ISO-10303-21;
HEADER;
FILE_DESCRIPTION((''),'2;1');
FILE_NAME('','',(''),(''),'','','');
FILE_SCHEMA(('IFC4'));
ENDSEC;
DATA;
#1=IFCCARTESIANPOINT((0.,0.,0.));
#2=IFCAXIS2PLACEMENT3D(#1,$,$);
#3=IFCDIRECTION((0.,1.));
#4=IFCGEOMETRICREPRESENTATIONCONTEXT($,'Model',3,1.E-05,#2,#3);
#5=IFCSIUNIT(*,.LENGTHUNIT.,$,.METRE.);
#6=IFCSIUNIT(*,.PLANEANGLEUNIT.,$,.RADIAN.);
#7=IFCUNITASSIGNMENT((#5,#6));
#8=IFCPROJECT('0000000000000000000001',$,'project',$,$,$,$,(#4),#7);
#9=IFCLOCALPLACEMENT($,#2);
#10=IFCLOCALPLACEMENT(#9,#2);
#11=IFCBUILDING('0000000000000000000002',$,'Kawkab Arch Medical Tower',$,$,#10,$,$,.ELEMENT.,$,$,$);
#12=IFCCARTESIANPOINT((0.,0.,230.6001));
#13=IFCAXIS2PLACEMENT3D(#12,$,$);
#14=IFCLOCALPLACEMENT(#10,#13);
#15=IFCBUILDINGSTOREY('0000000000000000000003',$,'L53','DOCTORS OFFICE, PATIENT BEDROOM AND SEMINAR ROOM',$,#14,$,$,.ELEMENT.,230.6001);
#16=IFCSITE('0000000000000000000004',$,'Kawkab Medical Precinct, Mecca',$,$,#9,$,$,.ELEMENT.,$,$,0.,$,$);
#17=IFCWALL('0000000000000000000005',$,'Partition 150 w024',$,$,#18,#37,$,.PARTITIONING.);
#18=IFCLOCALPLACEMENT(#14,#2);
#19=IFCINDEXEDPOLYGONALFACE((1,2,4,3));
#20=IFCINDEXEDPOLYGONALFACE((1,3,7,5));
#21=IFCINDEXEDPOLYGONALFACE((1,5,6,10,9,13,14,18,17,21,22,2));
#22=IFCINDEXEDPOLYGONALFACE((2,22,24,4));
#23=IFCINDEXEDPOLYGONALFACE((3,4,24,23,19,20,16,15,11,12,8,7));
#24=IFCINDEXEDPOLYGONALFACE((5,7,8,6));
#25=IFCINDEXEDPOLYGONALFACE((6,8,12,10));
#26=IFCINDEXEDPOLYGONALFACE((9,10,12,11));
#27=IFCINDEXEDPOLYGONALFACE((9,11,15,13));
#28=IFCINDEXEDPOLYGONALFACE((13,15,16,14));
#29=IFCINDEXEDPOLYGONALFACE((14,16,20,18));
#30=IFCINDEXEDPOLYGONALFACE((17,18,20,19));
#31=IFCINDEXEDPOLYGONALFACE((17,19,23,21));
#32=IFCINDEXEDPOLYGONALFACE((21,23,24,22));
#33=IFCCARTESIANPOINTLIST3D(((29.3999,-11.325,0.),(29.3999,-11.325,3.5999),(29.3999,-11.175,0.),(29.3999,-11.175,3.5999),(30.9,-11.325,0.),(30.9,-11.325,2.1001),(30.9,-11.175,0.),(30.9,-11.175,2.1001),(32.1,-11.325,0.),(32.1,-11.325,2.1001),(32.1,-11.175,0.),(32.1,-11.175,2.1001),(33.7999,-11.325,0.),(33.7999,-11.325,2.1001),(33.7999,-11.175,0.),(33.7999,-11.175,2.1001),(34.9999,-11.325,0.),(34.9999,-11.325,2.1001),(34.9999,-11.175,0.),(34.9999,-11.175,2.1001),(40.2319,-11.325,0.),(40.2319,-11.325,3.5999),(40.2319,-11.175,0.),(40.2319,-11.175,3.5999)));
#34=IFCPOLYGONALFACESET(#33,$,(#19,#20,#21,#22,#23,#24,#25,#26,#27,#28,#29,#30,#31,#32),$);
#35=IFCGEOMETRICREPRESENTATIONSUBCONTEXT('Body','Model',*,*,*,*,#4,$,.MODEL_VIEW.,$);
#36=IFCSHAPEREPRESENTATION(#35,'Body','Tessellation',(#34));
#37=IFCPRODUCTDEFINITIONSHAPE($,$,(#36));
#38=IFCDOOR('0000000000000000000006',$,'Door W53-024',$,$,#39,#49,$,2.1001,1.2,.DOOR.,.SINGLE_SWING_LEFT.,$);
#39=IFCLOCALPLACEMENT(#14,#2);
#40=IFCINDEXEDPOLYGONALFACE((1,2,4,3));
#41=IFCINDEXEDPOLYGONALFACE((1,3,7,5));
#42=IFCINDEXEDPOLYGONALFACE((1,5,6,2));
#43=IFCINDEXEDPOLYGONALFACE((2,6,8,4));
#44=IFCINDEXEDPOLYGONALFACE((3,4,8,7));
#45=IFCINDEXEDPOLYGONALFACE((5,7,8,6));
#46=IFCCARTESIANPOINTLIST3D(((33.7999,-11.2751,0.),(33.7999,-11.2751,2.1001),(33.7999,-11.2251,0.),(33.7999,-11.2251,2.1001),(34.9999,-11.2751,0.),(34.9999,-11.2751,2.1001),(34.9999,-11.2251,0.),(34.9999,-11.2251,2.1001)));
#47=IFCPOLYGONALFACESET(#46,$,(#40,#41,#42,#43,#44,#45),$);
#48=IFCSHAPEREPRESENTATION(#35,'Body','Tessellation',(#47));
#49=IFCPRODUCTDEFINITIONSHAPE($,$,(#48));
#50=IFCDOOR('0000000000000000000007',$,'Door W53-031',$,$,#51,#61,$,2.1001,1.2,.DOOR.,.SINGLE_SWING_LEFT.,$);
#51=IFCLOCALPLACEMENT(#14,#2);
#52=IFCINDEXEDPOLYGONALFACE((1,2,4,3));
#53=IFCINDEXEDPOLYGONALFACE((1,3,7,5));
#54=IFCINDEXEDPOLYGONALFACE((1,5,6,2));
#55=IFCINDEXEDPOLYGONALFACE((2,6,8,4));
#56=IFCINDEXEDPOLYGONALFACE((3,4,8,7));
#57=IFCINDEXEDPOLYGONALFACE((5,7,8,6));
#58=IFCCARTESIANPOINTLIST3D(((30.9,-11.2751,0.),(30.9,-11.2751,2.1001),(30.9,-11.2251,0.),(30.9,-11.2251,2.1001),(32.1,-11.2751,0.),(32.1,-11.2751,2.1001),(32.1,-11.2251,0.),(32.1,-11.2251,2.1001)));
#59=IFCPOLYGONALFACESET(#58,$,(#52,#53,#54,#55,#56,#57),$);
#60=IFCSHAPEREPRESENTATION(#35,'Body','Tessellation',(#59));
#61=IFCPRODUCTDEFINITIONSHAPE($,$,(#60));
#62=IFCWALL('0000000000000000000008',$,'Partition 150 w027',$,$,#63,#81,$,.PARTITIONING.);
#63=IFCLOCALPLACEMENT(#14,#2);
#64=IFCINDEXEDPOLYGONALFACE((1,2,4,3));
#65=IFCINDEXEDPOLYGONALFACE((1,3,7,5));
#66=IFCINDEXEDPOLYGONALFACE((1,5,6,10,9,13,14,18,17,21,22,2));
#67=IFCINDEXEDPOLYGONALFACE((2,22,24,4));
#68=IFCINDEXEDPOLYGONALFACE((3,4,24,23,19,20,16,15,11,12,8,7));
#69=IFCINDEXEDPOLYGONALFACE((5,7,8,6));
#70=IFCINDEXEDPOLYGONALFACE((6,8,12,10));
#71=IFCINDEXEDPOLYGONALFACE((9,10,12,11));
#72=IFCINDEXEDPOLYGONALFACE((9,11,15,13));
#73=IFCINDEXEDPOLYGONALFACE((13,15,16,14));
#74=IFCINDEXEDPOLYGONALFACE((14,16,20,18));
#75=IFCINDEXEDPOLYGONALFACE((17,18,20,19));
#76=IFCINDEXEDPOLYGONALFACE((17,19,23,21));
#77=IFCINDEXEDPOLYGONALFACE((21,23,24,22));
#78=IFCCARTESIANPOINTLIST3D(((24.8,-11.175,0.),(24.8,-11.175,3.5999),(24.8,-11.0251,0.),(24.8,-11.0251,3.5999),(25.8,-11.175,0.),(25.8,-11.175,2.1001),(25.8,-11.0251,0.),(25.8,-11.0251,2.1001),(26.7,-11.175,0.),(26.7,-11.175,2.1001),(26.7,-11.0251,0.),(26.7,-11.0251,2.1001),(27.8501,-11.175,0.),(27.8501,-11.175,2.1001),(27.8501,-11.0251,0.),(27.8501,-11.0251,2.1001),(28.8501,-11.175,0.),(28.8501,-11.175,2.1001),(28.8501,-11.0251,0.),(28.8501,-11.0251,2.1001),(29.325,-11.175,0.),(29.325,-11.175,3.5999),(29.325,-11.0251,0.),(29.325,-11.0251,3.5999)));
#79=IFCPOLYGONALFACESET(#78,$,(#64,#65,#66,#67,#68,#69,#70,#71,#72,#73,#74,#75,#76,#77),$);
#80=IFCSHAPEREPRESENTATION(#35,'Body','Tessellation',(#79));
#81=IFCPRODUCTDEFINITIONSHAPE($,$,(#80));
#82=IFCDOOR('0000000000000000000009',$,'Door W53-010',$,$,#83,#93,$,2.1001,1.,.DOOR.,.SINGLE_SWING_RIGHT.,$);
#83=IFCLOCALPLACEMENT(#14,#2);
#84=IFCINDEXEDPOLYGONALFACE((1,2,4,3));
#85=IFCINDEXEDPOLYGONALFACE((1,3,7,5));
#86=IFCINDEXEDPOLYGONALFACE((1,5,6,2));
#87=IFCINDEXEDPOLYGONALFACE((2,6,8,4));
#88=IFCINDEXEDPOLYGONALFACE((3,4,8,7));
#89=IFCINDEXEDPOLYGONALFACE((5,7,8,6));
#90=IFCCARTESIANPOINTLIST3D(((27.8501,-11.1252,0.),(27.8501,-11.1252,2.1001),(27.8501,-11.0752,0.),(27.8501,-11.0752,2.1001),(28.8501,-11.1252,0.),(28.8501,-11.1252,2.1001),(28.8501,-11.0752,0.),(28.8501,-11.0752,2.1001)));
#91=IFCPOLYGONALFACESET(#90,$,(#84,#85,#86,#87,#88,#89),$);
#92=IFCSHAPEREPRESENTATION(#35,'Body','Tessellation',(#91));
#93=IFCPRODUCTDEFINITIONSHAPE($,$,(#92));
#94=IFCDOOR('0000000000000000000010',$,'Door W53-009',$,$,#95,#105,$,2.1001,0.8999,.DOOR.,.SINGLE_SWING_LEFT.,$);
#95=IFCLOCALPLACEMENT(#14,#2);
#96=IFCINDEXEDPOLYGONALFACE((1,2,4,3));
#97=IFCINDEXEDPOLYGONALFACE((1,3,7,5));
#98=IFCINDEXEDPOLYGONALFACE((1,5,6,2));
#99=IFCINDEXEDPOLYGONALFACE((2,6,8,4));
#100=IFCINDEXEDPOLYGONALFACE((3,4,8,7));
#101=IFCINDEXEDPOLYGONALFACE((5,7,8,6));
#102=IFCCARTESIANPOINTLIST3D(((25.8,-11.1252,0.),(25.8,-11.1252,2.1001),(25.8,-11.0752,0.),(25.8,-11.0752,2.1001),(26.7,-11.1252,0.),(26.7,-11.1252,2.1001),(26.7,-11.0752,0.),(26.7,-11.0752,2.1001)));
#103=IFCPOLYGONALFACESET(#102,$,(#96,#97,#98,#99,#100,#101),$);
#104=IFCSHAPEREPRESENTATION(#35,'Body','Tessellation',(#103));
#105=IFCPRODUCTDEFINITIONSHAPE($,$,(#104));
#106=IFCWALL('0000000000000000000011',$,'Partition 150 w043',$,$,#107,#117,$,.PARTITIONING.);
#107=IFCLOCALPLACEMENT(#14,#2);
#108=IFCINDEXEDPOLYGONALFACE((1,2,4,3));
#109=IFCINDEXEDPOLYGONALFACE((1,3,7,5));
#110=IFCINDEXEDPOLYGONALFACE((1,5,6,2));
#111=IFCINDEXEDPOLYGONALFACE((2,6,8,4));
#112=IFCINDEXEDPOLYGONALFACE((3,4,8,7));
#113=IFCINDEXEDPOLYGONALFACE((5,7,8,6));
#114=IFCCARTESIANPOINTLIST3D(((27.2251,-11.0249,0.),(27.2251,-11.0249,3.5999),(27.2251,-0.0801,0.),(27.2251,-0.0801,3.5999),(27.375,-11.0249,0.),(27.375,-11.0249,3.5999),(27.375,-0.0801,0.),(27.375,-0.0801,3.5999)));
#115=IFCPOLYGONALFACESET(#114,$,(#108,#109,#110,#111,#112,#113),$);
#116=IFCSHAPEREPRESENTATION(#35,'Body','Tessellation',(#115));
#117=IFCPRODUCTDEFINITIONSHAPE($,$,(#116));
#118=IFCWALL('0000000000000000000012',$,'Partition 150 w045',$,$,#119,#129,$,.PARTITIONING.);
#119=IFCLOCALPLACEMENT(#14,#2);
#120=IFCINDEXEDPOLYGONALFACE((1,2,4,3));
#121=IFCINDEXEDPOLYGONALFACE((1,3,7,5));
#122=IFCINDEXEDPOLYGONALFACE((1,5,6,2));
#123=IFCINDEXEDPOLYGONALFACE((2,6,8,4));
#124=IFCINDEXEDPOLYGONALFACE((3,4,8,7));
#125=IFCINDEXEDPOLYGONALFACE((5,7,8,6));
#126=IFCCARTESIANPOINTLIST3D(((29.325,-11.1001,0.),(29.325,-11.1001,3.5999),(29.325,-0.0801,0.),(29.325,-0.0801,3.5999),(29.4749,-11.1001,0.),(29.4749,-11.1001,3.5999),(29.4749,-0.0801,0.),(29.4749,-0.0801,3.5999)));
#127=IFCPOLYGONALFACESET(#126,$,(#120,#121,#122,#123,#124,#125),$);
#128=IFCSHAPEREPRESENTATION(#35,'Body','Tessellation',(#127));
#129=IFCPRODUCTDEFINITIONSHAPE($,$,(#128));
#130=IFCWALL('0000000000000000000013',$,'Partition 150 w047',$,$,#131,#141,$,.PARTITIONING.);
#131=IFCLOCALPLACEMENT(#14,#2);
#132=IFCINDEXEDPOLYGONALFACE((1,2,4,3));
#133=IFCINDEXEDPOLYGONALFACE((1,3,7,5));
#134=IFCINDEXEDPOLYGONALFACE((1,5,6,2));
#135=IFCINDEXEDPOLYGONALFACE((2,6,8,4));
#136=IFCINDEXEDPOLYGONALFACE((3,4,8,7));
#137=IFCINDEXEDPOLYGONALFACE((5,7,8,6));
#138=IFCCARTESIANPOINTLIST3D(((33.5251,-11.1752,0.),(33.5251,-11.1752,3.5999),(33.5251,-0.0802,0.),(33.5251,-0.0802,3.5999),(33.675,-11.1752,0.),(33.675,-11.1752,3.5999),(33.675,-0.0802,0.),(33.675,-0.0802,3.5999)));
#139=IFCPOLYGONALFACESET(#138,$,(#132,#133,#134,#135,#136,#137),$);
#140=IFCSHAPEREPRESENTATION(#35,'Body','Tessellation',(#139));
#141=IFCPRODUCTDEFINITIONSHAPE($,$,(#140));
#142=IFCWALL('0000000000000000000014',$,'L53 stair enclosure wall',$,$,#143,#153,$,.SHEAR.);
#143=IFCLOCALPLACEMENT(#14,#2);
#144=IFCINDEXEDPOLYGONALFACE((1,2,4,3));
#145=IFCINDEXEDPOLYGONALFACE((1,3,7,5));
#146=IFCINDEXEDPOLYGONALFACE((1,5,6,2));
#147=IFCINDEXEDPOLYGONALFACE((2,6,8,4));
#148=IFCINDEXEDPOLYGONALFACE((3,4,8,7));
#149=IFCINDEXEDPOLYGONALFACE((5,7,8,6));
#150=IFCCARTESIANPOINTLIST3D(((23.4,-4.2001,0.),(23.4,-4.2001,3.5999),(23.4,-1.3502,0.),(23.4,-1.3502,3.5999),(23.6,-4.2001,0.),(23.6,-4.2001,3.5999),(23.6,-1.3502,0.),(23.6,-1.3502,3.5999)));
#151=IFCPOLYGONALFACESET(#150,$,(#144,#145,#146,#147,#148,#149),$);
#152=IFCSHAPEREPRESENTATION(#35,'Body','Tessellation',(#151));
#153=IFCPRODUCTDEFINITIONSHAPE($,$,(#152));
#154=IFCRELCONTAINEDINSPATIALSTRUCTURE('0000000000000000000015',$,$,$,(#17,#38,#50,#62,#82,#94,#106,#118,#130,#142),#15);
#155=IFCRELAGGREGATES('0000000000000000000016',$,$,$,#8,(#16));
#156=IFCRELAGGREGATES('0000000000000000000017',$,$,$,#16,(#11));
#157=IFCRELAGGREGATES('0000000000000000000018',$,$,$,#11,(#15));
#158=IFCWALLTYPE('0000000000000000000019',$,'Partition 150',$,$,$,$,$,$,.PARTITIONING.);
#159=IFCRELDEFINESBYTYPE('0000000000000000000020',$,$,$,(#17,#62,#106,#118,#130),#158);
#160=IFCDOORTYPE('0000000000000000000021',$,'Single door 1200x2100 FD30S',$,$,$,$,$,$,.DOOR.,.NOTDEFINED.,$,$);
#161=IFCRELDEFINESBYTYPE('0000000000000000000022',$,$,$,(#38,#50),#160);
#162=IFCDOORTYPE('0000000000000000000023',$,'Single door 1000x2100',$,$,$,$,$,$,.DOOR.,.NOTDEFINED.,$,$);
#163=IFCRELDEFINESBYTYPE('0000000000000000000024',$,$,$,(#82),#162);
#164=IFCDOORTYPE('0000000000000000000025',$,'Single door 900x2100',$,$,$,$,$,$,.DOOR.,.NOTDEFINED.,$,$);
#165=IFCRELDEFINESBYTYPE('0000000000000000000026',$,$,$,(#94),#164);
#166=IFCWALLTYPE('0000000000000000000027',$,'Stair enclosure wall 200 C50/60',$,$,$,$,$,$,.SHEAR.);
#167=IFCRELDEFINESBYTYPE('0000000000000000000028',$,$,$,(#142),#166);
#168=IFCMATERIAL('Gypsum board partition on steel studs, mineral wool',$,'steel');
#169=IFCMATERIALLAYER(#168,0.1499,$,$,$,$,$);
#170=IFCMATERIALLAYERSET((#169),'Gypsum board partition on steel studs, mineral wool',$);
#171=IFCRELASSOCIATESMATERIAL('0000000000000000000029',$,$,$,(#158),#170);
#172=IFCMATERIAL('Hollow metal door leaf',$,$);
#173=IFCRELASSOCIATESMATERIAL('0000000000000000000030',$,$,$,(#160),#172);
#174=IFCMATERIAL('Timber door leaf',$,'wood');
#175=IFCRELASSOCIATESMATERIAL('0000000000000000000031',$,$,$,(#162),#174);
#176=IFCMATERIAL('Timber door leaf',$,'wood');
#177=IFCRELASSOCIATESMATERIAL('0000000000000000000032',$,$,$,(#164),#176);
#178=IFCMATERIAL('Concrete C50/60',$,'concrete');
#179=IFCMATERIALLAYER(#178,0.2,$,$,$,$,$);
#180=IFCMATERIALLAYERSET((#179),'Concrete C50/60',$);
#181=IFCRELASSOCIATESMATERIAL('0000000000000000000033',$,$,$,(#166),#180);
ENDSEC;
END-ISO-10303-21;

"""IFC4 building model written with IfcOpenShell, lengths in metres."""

from ifc_helpers import new_model, si_unit, direction, frame, frame_2d, origin, place, context, subcontext, project, spatial, rectangle, extrude, material, layer, layer_set, type_object, element, fill, save


model = new_model("IFC4")

# Units and contexts
model_context = context("Model", 3, precision=1e-05, world=origin(), true_north=direction((0.0, 1.0)))
body_context = subcontext(model_context, "Body", "Model", "MODEL_VIEW")
ifc_project = project(units=[si_unit("LENGTHUNIT", "METRE"), si_unit("PLANEANGLEUNIT", "RADIAN")], contexts=[model_context])

# Site, building, storey
site_placement = place(None, origin())
site = spatial("IfcSite", under=ifc_project, at=site_placement, Name="Kawkab Medical Precinct, Mecca", CompositionType="ELEMENT", RefElevation=0.0)
building_placement = place(site_placement, origin())
building = spatial("IfcBuilding", under=site, at=building_placement, Name="Kawkab Arch Medical Tower", CompositionType="ELEMENT")
storey_placement = place(building_placement, frame((0.0, 0.0, 230.6001)))
storey = spatial("IfcBuildingStorey", under=building, at=storey_placement, Name="L53", Description="DOCTORS OFFICE, PATIENT BEDROOM AND SEMINAR ROOM", CompositionType="ELEMENT", Elevation=230.6001)

# Shared definitions
ifc_material_1 = material(Name="Gypsum board partition on steel studs, mineral wool", Category="steel")
ifc_layer_1 = layer(ifc_material_1, 0.1499)
ifc_layer_set_1 = layer_set([ifc_layer_1], Name="Gypsum board partition on steel studs, mineral wool")
wall_type_1 = type_object("IfcWallType", Name="Partition 150", PredefinedType="PARTITIONING", material=ifc_layer_set_1)

# Walls, openings, doors
ifc_material_2 = material(Name="Hollow metal door leaf")
door_type_1 = type_object("IfcDoorType", Name="Single door 1200x2100 FD30S", OperationType="NOTDEFINED", PredefinedType="DOOR", material=ifc_material_2)
wall_1_placement = place(storey_placement, frame((29.3999, -11.25, 0.0), z_axis=(0.0, 0.0, 1.0), x_axis=(1.0, 0.0, 0.0)))
wall_1 = element("IfcWall", 1, at=wall_1_placement, inside=storey, type_object=wall_type_1, Name="Partition 150 w024", PredefinedType="PARTITIONING", context=body_context, shape_type="SweptSolid", body=[
    extrude(rectangle(XDim=10.832, YDim=0.1499, at=frame_2d((5.416, 0.0))), origin(), (0.0, 0.0, 1.0), 3.5999),
])
opening_1_placement = place(wall_1_placement, frame((4.3999, 0.0, 0.0)))
opening_1 = element("IfcOpeningElement", 2, at=opening_1_placement, cuts=wall_1, PredefinedType="OPENING", context=body_context, shape_type="SweptSolid", body=[
    extrude(rectangle(XDim=1.2, YDim=2.1001, at=frame_2d((0.6001, 1.05))), frame((0.0, 0.085, 0.0), z_axis=(0.0, -1.0, 0.0), x_axis=(1.0, 0.0, 0.0)), (0.0, 0.0, 1.0), 0.1699),
])
opening_2_placement = place(wall_1_placement, frame((1.5, 0.0, 0.0)))
opening_2 = element("IfcOpeningElement", 3, at=opening_2_placement, cuts=wall_1, PredefinedType="OPENING", context=body_context, shape_type="SweptSolid", body=[
    extrude(rectangle(XDim=1.2, YDim=2.1001, at=frame_2d((0.6001, 1.05))), frame((0.0, 0.085, 0.0), z_axis=(0.0, -1.0, 0.0), x_axis=(1.0, 0.0, 0.0)), (0.0, 0.0, 1.0), 0.1699),
])
door_1_placement = place(opening_1_placement, origin())
door_1 = element("IfcDoor", 4, at=door_1_placement, inside=storey, type_object=door_type_1, Name="Door W53-024", OperationType="SINGLE_SWING_LEFT", OverallHeight=2.1001, OverallWidth=1.2, PredefinedType="DOOR", context=body_context, shape_type="SweptSolid", body=[
    extrude(rectangle(XDim=1.2, YDim=2.1001, at=frame_2d((0.6001, 1.05))), frame((0.0, 0.0249, 0.0), z_axis=(0.0, -1.0, 0.0), x_axis=(1.0, 0.0, 0.0)), (0.0, 0.0, 1.0), 0.05),
])
fill(opening_1, door_1)
door_2_placement = place(opening_2_placement, origin())
door_2 = element("IfcDoor", 5, at=door_2_placement, inside=storey, type_object=door_type_1, Name="Door W53-031", OperationType="SINGLE_SWING_LEFT", OverallHeight=2.1001, OverallWidth=1.2, PredefinedType="DOOR", context=body_context, shape_type="SweptSolid", body=[
    extrude(rectangle(XDim=1.2, YDim=2.1001, at=frame_2d((0.6001, 1.05))), frame((0.0, 0.0249, 0.0), z_axis=(0.0, -1.0, 0.0), x_axis=(1.0, 0.0, 0.0)), (0.0, 0.0, 1.0), 0.05),
])
fill(opening_2, door_2)
wall_2_placement = place(storey_placement, frame((24.8, -11.1001, 0.0), z_axis=(0.0, 0.0, 1.0), x_axis=(1.0, 0.0, 0.0)))
wall_2 = element("IfcWall", 6, at=wall_2_placement, inside=storey, type_object=wall_type_1, Name="Partition 150 w027", PredefinedType="PARTITIONING", context=body_context, shape_type="SweptSolid", body=[
    extrude(rectangle(XDim=4.5249, YDim=0.1499, at=frame_2d((2.2625, 0.0))), origin(), (0.0, 0.0, 1.0), 3.5999),
])
opening_3_placement = place(wall_2_placement, frame((1.0, 0.0, 0.0)))
opening_3 = element("IfcOpeningElement", 7, at=opening_3_placement, cuts=wall_2, PredefinedType="OPENING", context=body_context, shape_type="SweptSolid", body=[
    extrude(rectangle(XDim=0.8999, YDim=2.1001, at=frame_2d((0.45, 1.05))), frame((0.0, 0.085, 0.0), z_axis=(0.0, -1.0, 0.0), x_axis=(1.0, 0.0, 0.0)), (0.0, 0.0, 1.0), 0.1699),
])
opening_4_placement = place(wall_2_placement, frame((3.05, 0.0, 0.0)))
opening_4 = element("IfcOpeningElement", 8, at=opening_4_placement, cuts=wall_2, PredefinedType="OPENING", context=body_context, shape_type="SweptSolid", body=[
    extrude(rectangle(XDim=1.0, YDim=2.1001, at=frame_2d((0.5, 1.05))), frame((0.0, 0.085, 0.0), z_axis=(0.0, -1.0, 0.0), x_axis=(1.0, 0.0, 0.0)), (0.0, 0.0, 1.0), 0.1699),
])
ifc_material_3 = material(Name="Timber door leaf", Category="wood")
door_type_2 = type_object("IfcDoorType", Name="Single door 1000x2100", OperationType="NOTDEFINED", PredefinedType="DOOR", material=ifc_material_3)
door_3_placement = place(opening_4_placement, origin())
door_3 = element("IfcDoor", 9, at=door_3_placement, inside=storey, type_object=door_type_2, Name="Door W53-010", OperationType="SINGLE_SWING_RIGHT", OverallHeight=2.1001, OverallWidth=1.0, PredefinedType="DOOR", context=body_context, shape_type="SweptSolid", body=[
    extrude(rectangle(XDim=1.0, YDim=2.1001, at=frame_2d((0.5, 1.05))), frame((0.0, 0.0249, 0.0), z_axis=(0.0, -1.0, 0.0), x_axis=(1.0, 0.0, 0.0)), (0.0, 0.0, 1.0), 0.05),
])
fill(opening_4, door_3)
ifc_material_4 = material(Name="Timber door leaf", Category="wood")
door_type_3 = type_object("IfcDoorType", Name="Single door 900x2100", OperationType="NOTDEFINED", PredefinedType="DOOR", material=ifc_material_4)
door_4_placement = place(opening_3_placement, origin())
door_4 = element("IfcDoor", 10, at=door_4_placement, inside=storey, type_object=door_type_3, Name="Door W53-009", OperationType="SINGLE_SWING_LEFT", OverallHeight=2.1001, OverallWidth=0.8999, PredefinedType="DOOR", context=body_context, shape_type="SweptSolid", body=[
    extrude(rectangle(XDim=0.8999, YDim=2.1001, at=frame_2d((0.45, 1.05))), frame((0.0, 0.0249, 0.0), z_axis=(0.0, -1.0, 0.0), x_axis=(1.0, 0.0, 0.0)), (0.0, 0.0, 1.0), 0.05),
])
fill(opening_3, door_4)

# Walls
wall_3_placement = place(storey_placement, frame((27.3, -11.0249, 0.0), z_axis=(0.0, 0.0, 1.0), x_axis=(0.0, 1.0, 0.0)))
element("IfcWall", 11, at=wall_3_placement, inside=storey, type_object=wall_type_1, Name="Partition 150 w043", PredefinedType="PARTITIONING", context=body_context, shape_type="SweptSolid", body=[
    extrude(rectangle(XDim=10.9448, YDim=0.1499, at=frame_2d((5.4724, 0.0))), origin(), (0.0, 0.0, 1.0), 3.5999),
])
wall_4_placement = place(storey_placement, frame((29.3999, -11.1001, 0.0), z_axis=(0.0, 0.0, 1.0), x_axis=(0.0, 1.0, 0.0)))
element("IfcWall", 12, at=wall_4_placement, inside=storey, type_object=wall_type_1, Name="Partition 150 w045", PredefinedType="PARTITIONING", context=body_context, shape_type="SweptSolid", body=[
    extrude(rectangle(XDim=11.02, YDim=0.1499, at=frame_2d((5.51, 0.0))), origin(), (0.0, 0.0, 1.0), 3.5999),
])
wall_5_placement = place(storey_placement, frame((33.6001, -11.175, 0.0), z_axis=(0.0, 0.0, 1.0), x_axis=(0.0, 1.0, 0.0)))
element("IfcWall", 13, at=wall_5_placement, inside=storey, type_object=wall_type_1, Name="Partition 150 w047", PredefinedType="PARTITIONING", context=body_context, shape_type="SweptSolid", body=[
    extrude(rectangle(XDim=11.095, YDim=0.1499, at=frame_2d((5.5474, 0.0))), origin(), (0.0, 0.0, 1.0), 3.5999),
])
ifc_material_5 = material(Name="Concrete C50/60", Category="concrete")
ifc_layer_2 = layer(ifc_material_5, 0.2)
ifc_layer_set_2 = layer_set([ifc_layer_2], Name="Concrete C50/60")
wall_type_2 = type_object("IfcWallType", Name="Stair enclosure wall 200 C50/60", PredefinedType="SHEAR", material=ifc_layer_set_2)
wall_6_placement = place(storey_placement, frame((23.5, -4.2, 0.0), z_axis=(0.0, 0.0, 1.0), x_axis=(0.0, 1.0, 0.0)))
element("IfcWall", 14, at=wall_6_placement, inside=storey, type_object=wall_type_2, Name="L53 stair enclosure wall", PredefinedType="SHEAR", context=body_context, shape_type="SweptSolid", body=[
    extrude(rectangle(XDim=2.8499, YDim=0.2, at=frame_2d((1.4248, 0.0))), origin(), (0.0, 0.0, 1.0), 3.5999),
])

save(model, "model.ifc")
